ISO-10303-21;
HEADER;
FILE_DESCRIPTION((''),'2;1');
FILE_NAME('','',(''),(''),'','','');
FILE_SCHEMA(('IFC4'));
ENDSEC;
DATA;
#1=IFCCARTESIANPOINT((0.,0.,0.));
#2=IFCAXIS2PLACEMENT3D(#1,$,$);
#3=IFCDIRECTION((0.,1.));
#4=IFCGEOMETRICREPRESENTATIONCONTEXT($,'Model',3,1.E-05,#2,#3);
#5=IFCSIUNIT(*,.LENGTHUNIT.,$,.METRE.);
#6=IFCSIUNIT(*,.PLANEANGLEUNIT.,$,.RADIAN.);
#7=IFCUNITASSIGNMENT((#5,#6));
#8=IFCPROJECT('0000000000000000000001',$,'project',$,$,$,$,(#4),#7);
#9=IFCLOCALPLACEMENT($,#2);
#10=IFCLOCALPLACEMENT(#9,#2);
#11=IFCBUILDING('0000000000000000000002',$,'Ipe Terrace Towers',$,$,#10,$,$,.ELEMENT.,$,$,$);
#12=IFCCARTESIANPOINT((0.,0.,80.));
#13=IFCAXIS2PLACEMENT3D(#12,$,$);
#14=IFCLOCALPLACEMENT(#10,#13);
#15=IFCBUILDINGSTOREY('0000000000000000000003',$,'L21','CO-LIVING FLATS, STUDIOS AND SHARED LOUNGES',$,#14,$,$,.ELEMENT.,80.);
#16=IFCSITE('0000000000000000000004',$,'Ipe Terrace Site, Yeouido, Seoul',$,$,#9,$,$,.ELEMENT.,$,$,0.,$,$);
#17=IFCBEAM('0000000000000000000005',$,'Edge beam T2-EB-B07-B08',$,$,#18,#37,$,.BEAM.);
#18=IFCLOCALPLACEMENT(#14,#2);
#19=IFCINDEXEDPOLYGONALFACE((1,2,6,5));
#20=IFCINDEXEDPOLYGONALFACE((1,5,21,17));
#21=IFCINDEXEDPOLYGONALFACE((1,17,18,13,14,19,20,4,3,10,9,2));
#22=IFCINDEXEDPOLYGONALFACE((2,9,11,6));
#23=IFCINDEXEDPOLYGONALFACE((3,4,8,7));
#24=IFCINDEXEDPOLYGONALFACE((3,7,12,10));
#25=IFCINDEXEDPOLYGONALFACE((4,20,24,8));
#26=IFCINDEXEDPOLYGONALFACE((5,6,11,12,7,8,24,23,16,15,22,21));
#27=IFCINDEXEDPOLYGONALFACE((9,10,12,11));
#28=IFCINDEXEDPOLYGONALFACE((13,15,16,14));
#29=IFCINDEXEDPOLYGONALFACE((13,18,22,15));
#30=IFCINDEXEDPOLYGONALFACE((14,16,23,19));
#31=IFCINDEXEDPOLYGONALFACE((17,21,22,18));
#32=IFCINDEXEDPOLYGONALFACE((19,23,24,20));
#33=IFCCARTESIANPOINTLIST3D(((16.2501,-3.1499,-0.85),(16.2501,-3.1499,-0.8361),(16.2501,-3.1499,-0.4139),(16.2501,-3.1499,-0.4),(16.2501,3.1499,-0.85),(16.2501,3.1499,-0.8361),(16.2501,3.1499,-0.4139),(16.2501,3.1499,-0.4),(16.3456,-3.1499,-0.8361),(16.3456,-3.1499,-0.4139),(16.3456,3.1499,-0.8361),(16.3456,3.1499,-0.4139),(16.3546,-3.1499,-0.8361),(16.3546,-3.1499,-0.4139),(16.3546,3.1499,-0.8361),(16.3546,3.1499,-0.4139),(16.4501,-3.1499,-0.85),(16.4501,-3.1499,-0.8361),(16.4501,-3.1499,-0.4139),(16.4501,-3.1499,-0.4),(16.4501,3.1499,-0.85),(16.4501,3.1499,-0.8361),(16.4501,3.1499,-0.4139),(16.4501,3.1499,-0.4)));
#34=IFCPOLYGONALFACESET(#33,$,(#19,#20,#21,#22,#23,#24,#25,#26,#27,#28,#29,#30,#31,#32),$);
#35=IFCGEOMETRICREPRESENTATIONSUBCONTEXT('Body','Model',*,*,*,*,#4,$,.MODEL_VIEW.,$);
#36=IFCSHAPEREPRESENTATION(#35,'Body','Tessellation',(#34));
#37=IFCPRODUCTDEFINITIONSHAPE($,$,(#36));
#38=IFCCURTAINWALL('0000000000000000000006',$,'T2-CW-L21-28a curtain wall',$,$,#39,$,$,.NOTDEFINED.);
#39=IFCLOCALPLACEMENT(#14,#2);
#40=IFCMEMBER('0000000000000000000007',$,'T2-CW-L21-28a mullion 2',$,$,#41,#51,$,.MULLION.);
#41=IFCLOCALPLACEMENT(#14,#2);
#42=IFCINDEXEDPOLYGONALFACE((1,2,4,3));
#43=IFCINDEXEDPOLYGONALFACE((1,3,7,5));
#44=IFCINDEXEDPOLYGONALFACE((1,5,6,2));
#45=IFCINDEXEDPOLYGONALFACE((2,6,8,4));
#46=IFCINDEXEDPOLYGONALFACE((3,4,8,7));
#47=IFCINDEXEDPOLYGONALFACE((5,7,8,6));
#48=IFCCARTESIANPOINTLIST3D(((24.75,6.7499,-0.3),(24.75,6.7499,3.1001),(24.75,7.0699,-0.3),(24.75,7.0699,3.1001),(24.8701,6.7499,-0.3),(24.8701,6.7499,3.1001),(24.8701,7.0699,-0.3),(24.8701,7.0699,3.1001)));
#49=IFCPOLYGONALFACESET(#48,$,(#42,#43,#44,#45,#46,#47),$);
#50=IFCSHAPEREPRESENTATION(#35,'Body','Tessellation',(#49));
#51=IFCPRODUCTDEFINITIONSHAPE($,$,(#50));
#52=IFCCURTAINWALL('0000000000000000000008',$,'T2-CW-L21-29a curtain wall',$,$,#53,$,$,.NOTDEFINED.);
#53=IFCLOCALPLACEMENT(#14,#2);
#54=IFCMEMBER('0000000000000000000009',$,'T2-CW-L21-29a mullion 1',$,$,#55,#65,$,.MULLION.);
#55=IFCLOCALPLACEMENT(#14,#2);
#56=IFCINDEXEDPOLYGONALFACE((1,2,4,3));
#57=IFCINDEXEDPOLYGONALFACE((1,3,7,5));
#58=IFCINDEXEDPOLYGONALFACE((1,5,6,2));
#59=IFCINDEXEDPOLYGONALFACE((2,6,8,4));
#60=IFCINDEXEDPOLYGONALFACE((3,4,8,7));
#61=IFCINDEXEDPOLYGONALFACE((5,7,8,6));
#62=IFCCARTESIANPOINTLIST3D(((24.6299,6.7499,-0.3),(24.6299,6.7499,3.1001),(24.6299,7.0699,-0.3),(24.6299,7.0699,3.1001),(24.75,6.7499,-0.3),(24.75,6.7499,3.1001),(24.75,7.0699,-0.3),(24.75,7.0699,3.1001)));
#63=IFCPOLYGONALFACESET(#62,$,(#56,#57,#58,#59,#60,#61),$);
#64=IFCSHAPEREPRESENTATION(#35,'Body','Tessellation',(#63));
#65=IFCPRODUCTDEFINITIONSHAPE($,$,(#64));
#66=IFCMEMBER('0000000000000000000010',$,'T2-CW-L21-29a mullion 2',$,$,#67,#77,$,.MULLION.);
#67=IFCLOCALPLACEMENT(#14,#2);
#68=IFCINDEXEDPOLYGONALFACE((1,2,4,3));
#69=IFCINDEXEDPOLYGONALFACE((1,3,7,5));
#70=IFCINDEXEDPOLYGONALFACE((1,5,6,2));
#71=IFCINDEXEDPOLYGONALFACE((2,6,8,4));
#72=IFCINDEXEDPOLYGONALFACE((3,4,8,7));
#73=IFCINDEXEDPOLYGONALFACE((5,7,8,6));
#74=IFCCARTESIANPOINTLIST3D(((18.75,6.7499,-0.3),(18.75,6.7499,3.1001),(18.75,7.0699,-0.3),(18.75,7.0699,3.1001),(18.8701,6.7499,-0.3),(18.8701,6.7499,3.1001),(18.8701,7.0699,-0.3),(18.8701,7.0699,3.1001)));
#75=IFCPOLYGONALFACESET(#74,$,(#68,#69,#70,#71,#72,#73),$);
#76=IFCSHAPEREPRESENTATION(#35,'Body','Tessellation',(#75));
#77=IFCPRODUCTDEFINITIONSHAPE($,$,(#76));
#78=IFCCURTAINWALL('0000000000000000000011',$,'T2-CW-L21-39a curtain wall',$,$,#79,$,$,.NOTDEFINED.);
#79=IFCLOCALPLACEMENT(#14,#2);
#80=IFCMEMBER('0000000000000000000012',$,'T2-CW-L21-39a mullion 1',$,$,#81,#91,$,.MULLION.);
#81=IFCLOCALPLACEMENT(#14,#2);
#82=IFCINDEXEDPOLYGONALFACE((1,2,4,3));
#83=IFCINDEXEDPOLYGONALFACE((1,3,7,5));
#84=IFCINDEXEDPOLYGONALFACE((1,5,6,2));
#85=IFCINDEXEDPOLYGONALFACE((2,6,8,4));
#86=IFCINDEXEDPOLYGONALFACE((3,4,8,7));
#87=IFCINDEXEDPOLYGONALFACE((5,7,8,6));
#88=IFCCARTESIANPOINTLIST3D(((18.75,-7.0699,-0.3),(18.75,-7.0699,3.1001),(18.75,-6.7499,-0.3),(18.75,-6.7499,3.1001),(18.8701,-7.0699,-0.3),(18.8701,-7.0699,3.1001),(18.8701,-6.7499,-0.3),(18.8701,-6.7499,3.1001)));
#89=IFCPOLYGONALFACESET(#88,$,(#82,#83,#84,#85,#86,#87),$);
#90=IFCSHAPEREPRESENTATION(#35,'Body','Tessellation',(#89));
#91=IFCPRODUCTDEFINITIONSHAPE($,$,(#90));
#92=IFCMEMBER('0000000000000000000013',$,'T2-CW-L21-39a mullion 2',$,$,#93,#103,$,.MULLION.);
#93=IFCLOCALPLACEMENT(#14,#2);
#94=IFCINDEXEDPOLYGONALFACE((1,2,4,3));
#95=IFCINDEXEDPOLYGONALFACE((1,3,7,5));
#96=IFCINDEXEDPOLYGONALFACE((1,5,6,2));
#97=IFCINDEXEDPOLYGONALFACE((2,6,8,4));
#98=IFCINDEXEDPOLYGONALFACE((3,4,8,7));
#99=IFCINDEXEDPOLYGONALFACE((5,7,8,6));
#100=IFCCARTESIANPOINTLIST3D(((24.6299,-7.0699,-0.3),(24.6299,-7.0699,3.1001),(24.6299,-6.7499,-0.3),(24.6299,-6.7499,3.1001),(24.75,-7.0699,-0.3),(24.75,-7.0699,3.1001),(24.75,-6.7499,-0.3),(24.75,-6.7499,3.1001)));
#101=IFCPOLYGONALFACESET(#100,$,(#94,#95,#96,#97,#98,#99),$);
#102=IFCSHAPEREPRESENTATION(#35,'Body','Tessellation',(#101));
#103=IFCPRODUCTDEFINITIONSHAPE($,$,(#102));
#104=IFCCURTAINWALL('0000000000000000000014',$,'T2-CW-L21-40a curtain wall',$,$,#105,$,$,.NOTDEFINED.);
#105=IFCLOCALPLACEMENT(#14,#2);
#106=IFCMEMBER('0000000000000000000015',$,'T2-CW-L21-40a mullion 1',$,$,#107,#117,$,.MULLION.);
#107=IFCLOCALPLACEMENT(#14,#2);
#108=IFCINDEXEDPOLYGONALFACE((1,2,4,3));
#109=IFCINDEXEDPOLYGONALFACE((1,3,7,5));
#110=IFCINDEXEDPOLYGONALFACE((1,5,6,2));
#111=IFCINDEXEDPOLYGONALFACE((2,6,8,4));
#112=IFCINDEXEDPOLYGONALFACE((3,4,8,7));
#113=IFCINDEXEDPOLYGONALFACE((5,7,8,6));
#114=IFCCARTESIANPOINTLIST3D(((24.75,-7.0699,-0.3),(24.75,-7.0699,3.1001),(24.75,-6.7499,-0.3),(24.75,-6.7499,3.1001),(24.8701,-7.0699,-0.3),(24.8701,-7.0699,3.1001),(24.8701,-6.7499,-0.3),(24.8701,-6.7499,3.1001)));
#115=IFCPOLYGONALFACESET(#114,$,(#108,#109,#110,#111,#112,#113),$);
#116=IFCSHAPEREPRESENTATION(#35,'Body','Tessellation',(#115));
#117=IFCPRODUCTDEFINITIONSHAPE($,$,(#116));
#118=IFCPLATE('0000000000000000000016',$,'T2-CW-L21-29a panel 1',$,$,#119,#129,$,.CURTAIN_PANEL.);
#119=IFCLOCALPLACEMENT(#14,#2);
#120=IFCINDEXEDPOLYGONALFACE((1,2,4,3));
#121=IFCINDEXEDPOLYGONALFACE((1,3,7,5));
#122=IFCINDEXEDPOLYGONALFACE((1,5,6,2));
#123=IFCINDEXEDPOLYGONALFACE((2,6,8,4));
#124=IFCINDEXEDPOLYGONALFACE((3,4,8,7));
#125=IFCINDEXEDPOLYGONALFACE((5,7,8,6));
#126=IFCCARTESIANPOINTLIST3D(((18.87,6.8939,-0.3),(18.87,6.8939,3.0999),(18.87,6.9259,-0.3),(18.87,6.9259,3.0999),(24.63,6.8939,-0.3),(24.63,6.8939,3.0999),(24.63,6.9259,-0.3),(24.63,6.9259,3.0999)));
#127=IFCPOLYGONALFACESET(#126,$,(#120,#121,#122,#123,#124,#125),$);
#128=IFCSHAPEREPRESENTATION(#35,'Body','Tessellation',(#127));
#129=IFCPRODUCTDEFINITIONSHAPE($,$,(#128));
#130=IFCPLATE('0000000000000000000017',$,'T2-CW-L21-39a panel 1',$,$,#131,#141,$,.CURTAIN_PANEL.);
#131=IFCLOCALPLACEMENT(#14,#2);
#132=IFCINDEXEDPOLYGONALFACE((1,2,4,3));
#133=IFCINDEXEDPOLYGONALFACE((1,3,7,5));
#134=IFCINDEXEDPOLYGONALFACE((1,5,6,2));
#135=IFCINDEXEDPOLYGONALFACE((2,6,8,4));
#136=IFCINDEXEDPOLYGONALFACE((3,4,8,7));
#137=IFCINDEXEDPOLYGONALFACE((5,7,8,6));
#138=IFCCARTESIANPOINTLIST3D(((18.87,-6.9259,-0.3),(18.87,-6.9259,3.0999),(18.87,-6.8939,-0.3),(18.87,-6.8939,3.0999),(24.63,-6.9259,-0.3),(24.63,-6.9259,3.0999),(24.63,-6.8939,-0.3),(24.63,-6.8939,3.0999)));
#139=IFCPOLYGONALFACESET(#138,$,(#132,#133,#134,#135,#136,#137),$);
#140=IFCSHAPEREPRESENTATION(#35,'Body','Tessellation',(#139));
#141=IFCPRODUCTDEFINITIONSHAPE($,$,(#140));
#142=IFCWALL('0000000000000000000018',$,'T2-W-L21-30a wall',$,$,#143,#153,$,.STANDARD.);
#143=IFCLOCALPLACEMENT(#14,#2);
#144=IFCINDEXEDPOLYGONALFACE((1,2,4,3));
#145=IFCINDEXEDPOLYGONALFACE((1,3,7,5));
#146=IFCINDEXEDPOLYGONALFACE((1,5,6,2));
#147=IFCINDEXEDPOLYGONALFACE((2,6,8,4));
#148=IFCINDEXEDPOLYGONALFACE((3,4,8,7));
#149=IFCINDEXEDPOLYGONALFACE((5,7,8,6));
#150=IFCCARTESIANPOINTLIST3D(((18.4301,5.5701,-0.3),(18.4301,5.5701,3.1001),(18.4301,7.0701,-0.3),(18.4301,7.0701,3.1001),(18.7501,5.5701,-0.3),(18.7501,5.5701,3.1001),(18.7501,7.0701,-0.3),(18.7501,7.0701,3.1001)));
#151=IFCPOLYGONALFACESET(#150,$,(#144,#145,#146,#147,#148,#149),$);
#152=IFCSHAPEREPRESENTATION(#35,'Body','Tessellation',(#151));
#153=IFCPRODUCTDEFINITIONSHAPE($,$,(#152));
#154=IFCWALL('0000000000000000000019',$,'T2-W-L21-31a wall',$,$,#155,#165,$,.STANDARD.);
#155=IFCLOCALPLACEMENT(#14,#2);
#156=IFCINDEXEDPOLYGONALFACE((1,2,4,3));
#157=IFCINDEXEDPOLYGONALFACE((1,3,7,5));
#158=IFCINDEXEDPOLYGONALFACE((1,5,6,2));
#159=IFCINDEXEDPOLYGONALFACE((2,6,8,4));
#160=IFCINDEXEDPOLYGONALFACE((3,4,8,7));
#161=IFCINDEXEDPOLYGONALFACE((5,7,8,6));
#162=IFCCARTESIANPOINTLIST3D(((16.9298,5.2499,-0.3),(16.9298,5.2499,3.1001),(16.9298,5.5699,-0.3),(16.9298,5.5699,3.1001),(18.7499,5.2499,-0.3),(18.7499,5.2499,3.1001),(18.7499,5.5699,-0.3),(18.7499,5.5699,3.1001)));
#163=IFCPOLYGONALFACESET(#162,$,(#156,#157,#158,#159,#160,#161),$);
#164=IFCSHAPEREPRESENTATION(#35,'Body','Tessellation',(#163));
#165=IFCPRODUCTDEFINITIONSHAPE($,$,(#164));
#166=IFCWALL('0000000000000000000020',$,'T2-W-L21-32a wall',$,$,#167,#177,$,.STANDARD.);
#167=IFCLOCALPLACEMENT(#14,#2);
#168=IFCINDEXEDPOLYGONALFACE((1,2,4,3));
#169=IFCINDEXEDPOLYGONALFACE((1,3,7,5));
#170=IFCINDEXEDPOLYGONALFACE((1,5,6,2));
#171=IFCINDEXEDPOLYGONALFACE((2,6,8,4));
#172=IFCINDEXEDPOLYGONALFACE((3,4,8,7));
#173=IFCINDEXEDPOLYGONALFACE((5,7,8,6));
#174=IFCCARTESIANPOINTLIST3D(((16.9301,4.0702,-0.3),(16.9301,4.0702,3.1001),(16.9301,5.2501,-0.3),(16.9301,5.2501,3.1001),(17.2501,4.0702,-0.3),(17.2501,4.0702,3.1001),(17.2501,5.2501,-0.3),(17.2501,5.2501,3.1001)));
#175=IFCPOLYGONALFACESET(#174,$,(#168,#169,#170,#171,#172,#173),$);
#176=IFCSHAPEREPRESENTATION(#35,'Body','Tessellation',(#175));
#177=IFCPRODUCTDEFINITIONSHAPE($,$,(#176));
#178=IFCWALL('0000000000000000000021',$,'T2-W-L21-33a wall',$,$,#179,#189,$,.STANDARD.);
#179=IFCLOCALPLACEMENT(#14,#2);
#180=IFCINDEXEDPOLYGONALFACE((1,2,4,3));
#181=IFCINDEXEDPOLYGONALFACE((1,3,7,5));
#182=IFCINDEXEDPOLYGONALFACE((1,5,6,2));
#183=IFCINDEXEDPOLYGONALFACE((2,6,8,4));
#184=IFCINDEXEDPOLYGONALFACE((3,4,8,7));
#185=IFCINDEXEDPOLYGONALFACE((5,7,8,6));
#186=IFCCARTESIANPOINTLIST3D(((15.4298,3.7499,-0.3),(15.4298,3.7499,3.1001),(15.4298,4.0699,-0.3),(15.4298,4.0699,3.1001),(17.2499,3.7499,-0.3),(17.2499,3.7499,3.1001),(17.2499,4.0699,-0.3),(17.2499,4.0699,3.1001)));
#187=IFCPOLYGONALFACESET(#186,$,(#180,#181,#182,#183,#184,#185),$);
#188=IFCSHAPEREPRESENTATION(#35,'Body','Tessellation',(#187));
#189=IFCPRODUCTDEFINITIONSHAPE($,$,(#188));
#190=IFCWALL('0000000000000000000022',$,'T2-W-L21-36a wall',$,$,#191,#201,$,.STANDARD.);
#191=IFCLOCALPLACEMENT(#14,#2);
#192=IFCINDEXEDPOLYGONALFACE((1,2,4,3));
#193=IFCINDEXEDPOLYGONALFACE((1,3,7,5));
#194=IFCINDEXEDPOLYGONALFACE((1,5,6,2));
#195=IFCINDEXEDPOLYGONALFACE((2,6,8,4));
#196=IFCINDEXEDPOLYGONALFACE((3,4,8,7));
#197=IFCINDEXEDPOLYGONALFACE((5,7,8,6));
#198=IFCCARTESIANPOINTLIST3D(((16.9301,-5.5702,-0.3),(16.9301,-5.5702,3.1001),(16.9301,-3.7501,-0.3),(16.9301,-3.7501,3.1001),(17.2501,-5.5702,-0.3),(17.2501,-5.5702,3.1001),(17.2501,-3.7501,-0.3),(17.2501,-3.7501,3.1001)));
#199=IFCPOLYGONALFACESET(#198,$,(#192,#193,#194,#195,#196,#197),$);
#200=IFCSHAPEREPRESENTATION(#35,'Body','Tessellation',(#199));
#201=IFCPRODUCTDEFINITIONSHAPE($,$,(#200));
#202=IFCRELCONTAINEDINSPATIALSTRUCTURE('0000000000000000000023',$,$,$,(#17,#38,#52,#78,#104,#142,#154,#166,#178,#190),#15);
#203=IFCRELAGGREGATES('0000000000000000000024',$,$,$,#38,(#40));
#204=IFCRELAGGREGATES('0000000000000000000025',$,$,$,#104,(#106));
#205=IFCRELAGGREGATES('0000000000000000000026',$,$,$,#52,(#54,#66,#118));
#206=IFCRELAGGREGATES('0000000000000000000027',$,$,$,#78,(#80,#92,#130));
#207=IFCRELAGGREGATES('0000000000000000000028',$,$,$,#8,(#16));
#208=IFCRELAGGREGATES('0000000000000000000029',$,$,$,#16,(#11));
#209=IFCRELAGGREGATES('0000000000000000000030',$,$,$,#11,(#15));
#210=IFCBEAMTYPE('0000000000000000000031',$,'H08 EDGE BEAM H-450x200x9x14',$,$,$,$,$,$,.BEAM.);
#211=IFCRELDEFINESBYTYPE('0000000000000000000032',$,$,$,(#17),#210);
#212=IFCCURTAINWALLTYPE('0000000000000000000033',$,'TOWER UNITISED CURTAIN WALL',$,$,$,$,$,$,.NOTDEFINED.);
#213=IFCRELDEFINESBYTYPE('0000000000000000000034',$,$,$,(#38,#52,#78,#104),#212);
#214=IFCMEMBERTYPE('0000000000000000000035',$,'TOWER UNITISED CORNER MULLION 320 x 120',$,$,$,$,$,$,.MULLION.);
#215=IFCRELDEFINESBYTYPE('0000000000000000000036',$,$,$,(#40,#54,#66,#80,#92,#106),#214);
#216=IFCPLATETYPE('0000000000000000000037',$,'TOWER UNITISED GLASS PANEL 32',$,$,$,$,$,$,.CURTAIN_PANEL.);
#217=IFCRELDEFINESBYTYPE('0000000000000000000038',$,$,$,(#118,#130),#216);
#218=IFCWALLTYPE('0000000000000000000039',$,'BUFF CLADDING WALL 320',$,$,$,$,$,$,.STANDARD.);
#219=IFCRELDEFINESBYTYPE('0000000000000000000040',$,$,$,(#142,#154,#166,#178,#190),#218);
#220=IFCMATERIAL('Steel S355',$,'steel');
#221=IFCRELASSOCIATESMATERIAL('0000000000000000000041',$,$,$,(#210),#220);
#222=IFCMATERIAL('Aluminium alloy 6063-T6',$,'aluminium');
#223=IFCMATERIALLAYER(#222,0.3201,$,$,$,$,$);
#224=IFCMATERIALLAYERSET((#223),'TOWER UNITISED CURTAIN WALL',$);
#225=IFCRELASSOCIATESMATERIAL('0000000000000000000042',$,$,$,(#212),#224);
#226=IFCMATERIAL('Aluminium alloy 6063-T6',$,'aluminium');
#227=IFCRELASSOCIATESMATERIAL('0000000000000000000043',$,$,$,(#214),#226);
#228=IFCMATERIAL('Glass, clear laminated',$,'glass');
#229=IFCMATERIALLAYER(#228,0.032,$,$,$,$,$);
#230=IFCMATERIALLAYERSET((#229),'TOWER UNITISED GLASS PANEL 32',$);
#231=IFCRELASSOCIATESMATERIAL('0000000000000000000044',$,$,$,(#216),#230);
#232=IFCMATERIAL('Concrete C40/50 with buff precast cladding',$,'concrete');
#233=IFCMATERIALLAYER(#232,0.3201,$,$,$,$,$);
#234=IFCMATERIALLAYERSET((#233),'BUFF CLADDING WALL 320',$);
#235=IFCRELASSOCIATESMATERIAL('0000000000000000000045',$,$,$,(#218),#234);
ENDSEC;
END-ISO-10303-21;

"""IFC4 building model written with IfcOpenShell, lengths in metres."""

from ifc_helpers import new_model, si_unit, direction, frame, frame_2d, origin, origin_2d, place, context, subcontext, project, spatial, rectangle, i_section, extrude, material, layer, layer_set, material_profile, profile_set, type_object, element, aggregate, save


model = new_model("IFC4")

# Units and contexts
model_context = context("Model", 3, precision=1e-05, world=origin(), true_north=direction((0.0, 1.0)))
body_context = subcontext(model_context, "Body", "Model", "MODEL_VIEW")
ifc_project = project(units=[si_unit("LENGTHUNIT", "METRE"), si_unit("PLANEANGLEUNIT", "RADIAN")], contexts=[model_context])

# Site, building, storey
site_placement = place(None, origin())
site = spatial("IfcSite", under=ifc_project, at=site_placement, Name="Ipe Terrace Site, Yeouido, Seoul", CompositionType="ELEMENT", RefElevation=0.0)
building_placement = place(site_placement, origin())
building = spatial("IfcBuilding", under=site, at=building_placement, Name="Ipe Terrace Towers", CompositionType="ELEMENT")
storey_placement = place(building_placement, frame((0.0, 0.0, 80.0)))
storey = spatial("IfcBuildingStorey", under=building, at=storey_placement, Name="L21", Description="CO-LIVING FLATS, STUDIOS AND SHARED LOUNGES", CompositionType="ELEMENT", Elevation=80.0)

# Beam
ifc_material_1 = material(Name="Steel S355", Category="steel")
ifc_material_profile_1 = material_profile(ifc_material_1, i_section(OverallWidth=0.2, OverallDepth=0.45, WebThickness=0.009, FlangeThickness=0.0139, at=origin_2d()), Name="H-450x200x9x14")
ifc_profile_set_1 = profile_set([ifc_material_profile_1], Name="Steel S355")
beam_type_1 = type_object("IfcBeamType", Name="H08 EDGE BEAM H-450x200x9x14", PredefinedType="BEAM", material=ifc_profile_set_1)
beam_placement = place(storey_placement, frame((16.3501, 3.1499, -0.625), z_axis=(0.0, -1.0, 0.0), x_axis=(1.0, 0.0, 0.0)))
element("IfcBeam", 1, at=beam_placement, inside=storey, type_object=beam_type_1, Name="Edge beam T2-EB-B07-B08", PredefinedType="BEAM", context=body_context, shape_type="SweptSolid", body=[
    extrude(i_section(OverallWidth=0.2, OverallDepth=0.45, WebThickness=0.009, FlangeThickness=0.0139, at=origin_2d()), origin(), (0.0, 0.0, 1.0), 6.2998),
])

# Curtain wall, member
ifc_material_2 = material(Name="Aluminium alloy 6063-T6", Category="aluminium")
ifc_layer_1 = layer(ifc_material_2, 0.3201)
ifc_layer_set_1 = layer_set([ifc_layer_1], Name="TOWER UNITISED CURTAIN WALL")
curtain_wall_type = type_object("IfcCurtainWallType", Name="TOWER UNITISED CURTAIN WALL", PredefinedType="NOTDEFINED", material=ifc_layer_set_1)
curtain_wall_1_placement = place(storey_placement, origin())
curtain_wall_1 = element("IfcCurtainWall", 2, at=curtain_wall_1_placement, inside=storey, type_object=curtain_wall_type, Name="T2-CW-L21-28a curtain wall", PredefinedType="NOTDEFINED")
ifc_material_3 = material(Name="Aluminium alloy 6063-T6", Category="aluminium")
ifc_material_profile_2 = material_profile(ifc_material_3, rectangle(XDim=0.3201, YDim=0.1201, at=origin_2d()), Name="TOWER UNITISED CORNER MULLION 320 x 120")
ifc_profile_set_2 = profile_set([ifc_material_profile_2], Name="Aluminium alloy 6063-T6")
member_type = type_object("IfcMemberType", Name="TOWER UNITISED CORNER MULLION 320 x 120", PredefinedType="MULLION", material=ifc_profile_set_2)
member_1_placement = place(storey_placement, frame((24.8101, 6.9099, -0.3), z_axis=(0.0, 0.0, 1.0), x_axis=(0.0, 1.0, 0.0)))
member_1 = element("IfcMember", 3, at=member_1_placement, type_object=member_type, Name="T2-CW-L21-28a mullion 2", PredefinedType="MULLION", context=body_context, shape_type="SweptSolid", body=[
    extrude(rectangle(XDim=0.3201, YDim=0.1201, at=origin_2d()), origin(), (0.0, 0.0, 1.0), 3.4001),
])
aggregate(curtain_wall_1, [member_1])

# Curtain walls, members
curtain_wall_2_placement = place(storey_placement, origin())
curtain_wall_2 = element("IfcCurtainWall", 4, at=curtain_wall_2_placement, inside=storey, type_object=curtain_wall_type, Name="T2-CW-L21-29a curtain wall", PredefinedType="NOTDEFINED")
member_2_placement = place(storey_placement, frame((24.6899, 6.9099, -0.3), z_axis=(0.0, 0.0, 1.0), x_axis=(0.0, 1.0, 0.0)))
member_2 = element("IfcMember", 5, at=member_2_placement, type_object=member_type, Name="T2-CW-L21-29a mullion 1", PredefinedType="MULLION", context=body_context, shape_type="SweptSolid", body=[
    extrude(rectangle(XDim=0.3201, YDim=0.1201, at=origin_2d()), origin(), (0.0, 0.0, 1.0), 3.4001),
])
member_3_placement = place(storey_placement, frame((18.8101, 6.9099, -0.3), z_axis=(0.0, 0.0, 1.0), x_axis=(0.0, 1.0, 0.0)))
member_3 = element("IfcMember", 6, at=member_3_placement, type_object=member_type, Name="T2-CW-L21-29a mullion 2", PredefinedType="MULLION", context=body_context, shape_type="SweptSolid", body=[
    extrude(rectangle(XDim=0.3201, YDim=0.1201, at=origin_2d()), origin(), (0.0, 0.0, 1.0), 3.4001),
])
curtain_wall_3_placement = place(storey_placement, origin())
curtain_wall_3 = element("IfcCurtainWall", 7, at=curtain_wall_3_placement, inside=storey, type_object=curtain_wall_type, Name="T2-CW-L21-39a curtain wall", PredefinedType="NOTDEFINED")
member_4_placement = place(storey_placement, frame((18.8101, -6.9099, -0.3), z_axis=(0.0, 0.0, 1.0), x_axis=(0.0, -1.0, 0.0)))
member_4 = element("IfcMember", 8, at=member_4_placement, type_object=member_type, Name="T2-CW-L21-39a mullion 1", PredefinedType="MULLION", context=body_context, shape_type="SweptSolid", body=[
    extrude(rectangle(XDim=0.3201, YDim=0.1201, at=origin_2d()), origin(), (0.0, 0.0, 1.0), 3.4001),
])
member_5_placement = place(storey_placement, frame((24.6899, -6.9099, -0.3), z_axis=(0.0, 0.0, 1.0), x_axis=(0.0, -1.0, 0.0)))
member_5 = element("IfcMember", 9, at=member_5_placement, type_object=member_type, Name="T2-CW-L21-39a mullion 2", PredefinedType="MULLION", context=body_context, shape_type="SweptSolid", body=[
    extrude(rectangle(XDim=0.3201, YDim=0.1201, at=origin_2d()), origin(), (0.0, 0.0, 1.0), 3.4001),
])

# Curtain wall, member
curtain_wall_4_placement = place(storey_placement, origin())
curtain_wall_4 = element("IfcCurtainWall", 10, at=curtain_wall_4_placement, inside=storey, type_object=curtain_wall_type, Name="T2-CW-L21-40a curtain wall", PredefinedType="NOTDEFINED")
member_6_placement = place(storey_placement, frame((24.8101, -6.9099, -0.3), z_axis=(0.0, 0.0, 1.0), x_axis=(0.0, -1.0, 0.0)))
member_6 = element("IfcMember", 11, at=member_6_placement, type_object=member_type, Name="T2-CW-L21-40a mullion 1", PredefinedType="MULLION", context=body_context, shape_type="SweptSolid", body=[
    extrude(rectangle(XDim=0.3201, YDim=0.1201, at=origin_2d()), origin(), (0.0, 0.0, 1.0), 3.4001),
])
aggregate(curtain_wall_4, [member_6])

# Plates
ifc_material_4 = material(Name="Glass, clear laminated", Category="glass")
ifc_layer_2 = layer(ifc_material_4, 0.032)
ifc_layer_set_2 = layer_set([ifc_layer_2], Name="TOWER UNITISED GLASS PANEL 32")
plate_type = type_object("IfcPlateType", Name="TOWER UNITISED GLASS PANEL 32", PredefinedType="CURTAIN_PANEL", material=ifc_layer_set_2)
plate_1_placement = place(storey_placement, frame((21.75, 6.9099, -0.3), z_axis=(0.0, 0.0, 1.0), x_axis=(-1.0, 0.0, 0.0)))
plate_1 = element("IfcPlate", 12, at=plate_1_placement, type_object=plate_type, Name="T2-CW-L21-29a panel 1", PredefinedType="CURTAIN_PANEL", context=body_context, shape_type="SweptSolid", body=[
    extrude(rectangle(XDim=5.76, YDim=0.032, at=origin_2d()), origin(), (0.0, 0.0, 1.0), 3.3999),
])
aggregate(curtain_wall_2, [member_2, member_3, plate_1])
plate_2_placement = place(storey_placement, frame((21.75, -6.9099, -0.3), z_axis=(0.0, 0.0, 1.0), x_axis=(1.0, 0.0, 0.0)))
plate_2 = element("IfcPlate", 13, at=plate_2_placement, type_object=plate_type, Name="T2-CW-L21-39a panel 1", PredefinedType="CURTAIN_PANEL", context=body_context, shape_type="SweptSolid", body=[
    extrude(rectangle(XDim=5.76, YDim=0.032, at=origin_2d()), origin(), (0.0, 0.0, 1.0), 3.3999),
])
aggregate(curtain_wall_3, [member_4, member_5, plate_2])

# Walls
ifc_material_5 = material(Name="Concrete C40/50 with buff precast cladding", Category="concrete")
ifc_layer_3 = layer(ifc_material_5, 0.3201)
ifc_layer_set_3 = layer_set([ifc_layer_3], Name="BUFF CLADDING WALL 320")
wall_type_1 = type_object("IfcWallType", Name="BUFF CLADDING WALL 320", PredefinedType="STANDARD", material=ifc_layer_set_3)
wall_1_placement = place(storey_placement, frame((18.5901, 7.0701, -0.3), z_axis=(0.0, 0.0, 1.0), x_axis=(0.0, -1.0, 0.0)))
element("IfcWall", 14, at=wall_1_placement, inside=storey, type_object=wall_type_1, Name="T2-W-L21-30a wall", PredefinedType="STANDARD", context=body_context, shape_type="SweptSolid", body=[
    extrude(rectangle(XDim=1.5, YDim=0.3201, at=frame_2d((0.75, 0.0))), origin(), (0.0, 0.0, 1.0), 3.4001),
])
wall_2_placement = place(storey_placement, frame((18.75, 5.4099, -0.3), z_axis=(0.0, 0.0, 1.0), x_axis=(-1.0, 0.0, 0.0)))
element("IfcWall", 15, at=wall_2_placement, inside=storey, type_object=wall_type_1, Name="T2-W-L21-31a wall", PredefinedType="STANDARD", context=body_context, shape_type="SweptSolid", body=[
    extrude(rectangle(XDim=1.8201, YDim=0.3201, at=frame_2d((0.9102, 0.0))), origin(), (0.0, 0.0, 1.0), 3.4001),
])
wall_3_placement = place(storey_placement, frame((17.0901, 5.25, -0.3), z_axis=(0.0, 0.0, 1.0), x_axis=(0.0, -1.0, 0.0)))
element("IfcWall", 16, at=wall_3_placement, inside=storey, type_object=wall_type_1, Name="T2-W-L21-32a wall", PredefinedType="STANDARD", context=body_context, shape_type="SweptSolid", body=[
    extrude(rectangle(XDim=1.1799, YDim=0.3201, at=frame_2d((0.5898, 0.0))), origin(), (0.0, 0.0, 1.0), 3.4001),
])
for number, where, z_axis, x_axis, name in (
    (17, (17.25, 3.9099, -0.3), (0.0, 0.0, 1.0), (-1.0, 0.0, 0.0), "T2-W-L21-33a wall"),
    (18, (17.0901, -3.75, -0.3), (0.0, 0.0, 1.0), (0.0, -1.0, 0.0), "T2-W-L21-36a wall"),
):
    element("IfcWall", number, at=place(storey_placement, frame(where, z_axis=z_axis, x_axis=x_axis)), inside=storey, type_object=wall_type_1, Name=name, PredefinedType="STANDARD", context=body_context, shape_type="SweptSolid", body=[
        extrude(rectangle(XDim=1.8201, YDim=0.3201, at=frame_2d((0.9102, 0.0))), origin(), (0.0, 0.0, 1.0), 3.4001),
    ])

save(model, "model.ifc")
